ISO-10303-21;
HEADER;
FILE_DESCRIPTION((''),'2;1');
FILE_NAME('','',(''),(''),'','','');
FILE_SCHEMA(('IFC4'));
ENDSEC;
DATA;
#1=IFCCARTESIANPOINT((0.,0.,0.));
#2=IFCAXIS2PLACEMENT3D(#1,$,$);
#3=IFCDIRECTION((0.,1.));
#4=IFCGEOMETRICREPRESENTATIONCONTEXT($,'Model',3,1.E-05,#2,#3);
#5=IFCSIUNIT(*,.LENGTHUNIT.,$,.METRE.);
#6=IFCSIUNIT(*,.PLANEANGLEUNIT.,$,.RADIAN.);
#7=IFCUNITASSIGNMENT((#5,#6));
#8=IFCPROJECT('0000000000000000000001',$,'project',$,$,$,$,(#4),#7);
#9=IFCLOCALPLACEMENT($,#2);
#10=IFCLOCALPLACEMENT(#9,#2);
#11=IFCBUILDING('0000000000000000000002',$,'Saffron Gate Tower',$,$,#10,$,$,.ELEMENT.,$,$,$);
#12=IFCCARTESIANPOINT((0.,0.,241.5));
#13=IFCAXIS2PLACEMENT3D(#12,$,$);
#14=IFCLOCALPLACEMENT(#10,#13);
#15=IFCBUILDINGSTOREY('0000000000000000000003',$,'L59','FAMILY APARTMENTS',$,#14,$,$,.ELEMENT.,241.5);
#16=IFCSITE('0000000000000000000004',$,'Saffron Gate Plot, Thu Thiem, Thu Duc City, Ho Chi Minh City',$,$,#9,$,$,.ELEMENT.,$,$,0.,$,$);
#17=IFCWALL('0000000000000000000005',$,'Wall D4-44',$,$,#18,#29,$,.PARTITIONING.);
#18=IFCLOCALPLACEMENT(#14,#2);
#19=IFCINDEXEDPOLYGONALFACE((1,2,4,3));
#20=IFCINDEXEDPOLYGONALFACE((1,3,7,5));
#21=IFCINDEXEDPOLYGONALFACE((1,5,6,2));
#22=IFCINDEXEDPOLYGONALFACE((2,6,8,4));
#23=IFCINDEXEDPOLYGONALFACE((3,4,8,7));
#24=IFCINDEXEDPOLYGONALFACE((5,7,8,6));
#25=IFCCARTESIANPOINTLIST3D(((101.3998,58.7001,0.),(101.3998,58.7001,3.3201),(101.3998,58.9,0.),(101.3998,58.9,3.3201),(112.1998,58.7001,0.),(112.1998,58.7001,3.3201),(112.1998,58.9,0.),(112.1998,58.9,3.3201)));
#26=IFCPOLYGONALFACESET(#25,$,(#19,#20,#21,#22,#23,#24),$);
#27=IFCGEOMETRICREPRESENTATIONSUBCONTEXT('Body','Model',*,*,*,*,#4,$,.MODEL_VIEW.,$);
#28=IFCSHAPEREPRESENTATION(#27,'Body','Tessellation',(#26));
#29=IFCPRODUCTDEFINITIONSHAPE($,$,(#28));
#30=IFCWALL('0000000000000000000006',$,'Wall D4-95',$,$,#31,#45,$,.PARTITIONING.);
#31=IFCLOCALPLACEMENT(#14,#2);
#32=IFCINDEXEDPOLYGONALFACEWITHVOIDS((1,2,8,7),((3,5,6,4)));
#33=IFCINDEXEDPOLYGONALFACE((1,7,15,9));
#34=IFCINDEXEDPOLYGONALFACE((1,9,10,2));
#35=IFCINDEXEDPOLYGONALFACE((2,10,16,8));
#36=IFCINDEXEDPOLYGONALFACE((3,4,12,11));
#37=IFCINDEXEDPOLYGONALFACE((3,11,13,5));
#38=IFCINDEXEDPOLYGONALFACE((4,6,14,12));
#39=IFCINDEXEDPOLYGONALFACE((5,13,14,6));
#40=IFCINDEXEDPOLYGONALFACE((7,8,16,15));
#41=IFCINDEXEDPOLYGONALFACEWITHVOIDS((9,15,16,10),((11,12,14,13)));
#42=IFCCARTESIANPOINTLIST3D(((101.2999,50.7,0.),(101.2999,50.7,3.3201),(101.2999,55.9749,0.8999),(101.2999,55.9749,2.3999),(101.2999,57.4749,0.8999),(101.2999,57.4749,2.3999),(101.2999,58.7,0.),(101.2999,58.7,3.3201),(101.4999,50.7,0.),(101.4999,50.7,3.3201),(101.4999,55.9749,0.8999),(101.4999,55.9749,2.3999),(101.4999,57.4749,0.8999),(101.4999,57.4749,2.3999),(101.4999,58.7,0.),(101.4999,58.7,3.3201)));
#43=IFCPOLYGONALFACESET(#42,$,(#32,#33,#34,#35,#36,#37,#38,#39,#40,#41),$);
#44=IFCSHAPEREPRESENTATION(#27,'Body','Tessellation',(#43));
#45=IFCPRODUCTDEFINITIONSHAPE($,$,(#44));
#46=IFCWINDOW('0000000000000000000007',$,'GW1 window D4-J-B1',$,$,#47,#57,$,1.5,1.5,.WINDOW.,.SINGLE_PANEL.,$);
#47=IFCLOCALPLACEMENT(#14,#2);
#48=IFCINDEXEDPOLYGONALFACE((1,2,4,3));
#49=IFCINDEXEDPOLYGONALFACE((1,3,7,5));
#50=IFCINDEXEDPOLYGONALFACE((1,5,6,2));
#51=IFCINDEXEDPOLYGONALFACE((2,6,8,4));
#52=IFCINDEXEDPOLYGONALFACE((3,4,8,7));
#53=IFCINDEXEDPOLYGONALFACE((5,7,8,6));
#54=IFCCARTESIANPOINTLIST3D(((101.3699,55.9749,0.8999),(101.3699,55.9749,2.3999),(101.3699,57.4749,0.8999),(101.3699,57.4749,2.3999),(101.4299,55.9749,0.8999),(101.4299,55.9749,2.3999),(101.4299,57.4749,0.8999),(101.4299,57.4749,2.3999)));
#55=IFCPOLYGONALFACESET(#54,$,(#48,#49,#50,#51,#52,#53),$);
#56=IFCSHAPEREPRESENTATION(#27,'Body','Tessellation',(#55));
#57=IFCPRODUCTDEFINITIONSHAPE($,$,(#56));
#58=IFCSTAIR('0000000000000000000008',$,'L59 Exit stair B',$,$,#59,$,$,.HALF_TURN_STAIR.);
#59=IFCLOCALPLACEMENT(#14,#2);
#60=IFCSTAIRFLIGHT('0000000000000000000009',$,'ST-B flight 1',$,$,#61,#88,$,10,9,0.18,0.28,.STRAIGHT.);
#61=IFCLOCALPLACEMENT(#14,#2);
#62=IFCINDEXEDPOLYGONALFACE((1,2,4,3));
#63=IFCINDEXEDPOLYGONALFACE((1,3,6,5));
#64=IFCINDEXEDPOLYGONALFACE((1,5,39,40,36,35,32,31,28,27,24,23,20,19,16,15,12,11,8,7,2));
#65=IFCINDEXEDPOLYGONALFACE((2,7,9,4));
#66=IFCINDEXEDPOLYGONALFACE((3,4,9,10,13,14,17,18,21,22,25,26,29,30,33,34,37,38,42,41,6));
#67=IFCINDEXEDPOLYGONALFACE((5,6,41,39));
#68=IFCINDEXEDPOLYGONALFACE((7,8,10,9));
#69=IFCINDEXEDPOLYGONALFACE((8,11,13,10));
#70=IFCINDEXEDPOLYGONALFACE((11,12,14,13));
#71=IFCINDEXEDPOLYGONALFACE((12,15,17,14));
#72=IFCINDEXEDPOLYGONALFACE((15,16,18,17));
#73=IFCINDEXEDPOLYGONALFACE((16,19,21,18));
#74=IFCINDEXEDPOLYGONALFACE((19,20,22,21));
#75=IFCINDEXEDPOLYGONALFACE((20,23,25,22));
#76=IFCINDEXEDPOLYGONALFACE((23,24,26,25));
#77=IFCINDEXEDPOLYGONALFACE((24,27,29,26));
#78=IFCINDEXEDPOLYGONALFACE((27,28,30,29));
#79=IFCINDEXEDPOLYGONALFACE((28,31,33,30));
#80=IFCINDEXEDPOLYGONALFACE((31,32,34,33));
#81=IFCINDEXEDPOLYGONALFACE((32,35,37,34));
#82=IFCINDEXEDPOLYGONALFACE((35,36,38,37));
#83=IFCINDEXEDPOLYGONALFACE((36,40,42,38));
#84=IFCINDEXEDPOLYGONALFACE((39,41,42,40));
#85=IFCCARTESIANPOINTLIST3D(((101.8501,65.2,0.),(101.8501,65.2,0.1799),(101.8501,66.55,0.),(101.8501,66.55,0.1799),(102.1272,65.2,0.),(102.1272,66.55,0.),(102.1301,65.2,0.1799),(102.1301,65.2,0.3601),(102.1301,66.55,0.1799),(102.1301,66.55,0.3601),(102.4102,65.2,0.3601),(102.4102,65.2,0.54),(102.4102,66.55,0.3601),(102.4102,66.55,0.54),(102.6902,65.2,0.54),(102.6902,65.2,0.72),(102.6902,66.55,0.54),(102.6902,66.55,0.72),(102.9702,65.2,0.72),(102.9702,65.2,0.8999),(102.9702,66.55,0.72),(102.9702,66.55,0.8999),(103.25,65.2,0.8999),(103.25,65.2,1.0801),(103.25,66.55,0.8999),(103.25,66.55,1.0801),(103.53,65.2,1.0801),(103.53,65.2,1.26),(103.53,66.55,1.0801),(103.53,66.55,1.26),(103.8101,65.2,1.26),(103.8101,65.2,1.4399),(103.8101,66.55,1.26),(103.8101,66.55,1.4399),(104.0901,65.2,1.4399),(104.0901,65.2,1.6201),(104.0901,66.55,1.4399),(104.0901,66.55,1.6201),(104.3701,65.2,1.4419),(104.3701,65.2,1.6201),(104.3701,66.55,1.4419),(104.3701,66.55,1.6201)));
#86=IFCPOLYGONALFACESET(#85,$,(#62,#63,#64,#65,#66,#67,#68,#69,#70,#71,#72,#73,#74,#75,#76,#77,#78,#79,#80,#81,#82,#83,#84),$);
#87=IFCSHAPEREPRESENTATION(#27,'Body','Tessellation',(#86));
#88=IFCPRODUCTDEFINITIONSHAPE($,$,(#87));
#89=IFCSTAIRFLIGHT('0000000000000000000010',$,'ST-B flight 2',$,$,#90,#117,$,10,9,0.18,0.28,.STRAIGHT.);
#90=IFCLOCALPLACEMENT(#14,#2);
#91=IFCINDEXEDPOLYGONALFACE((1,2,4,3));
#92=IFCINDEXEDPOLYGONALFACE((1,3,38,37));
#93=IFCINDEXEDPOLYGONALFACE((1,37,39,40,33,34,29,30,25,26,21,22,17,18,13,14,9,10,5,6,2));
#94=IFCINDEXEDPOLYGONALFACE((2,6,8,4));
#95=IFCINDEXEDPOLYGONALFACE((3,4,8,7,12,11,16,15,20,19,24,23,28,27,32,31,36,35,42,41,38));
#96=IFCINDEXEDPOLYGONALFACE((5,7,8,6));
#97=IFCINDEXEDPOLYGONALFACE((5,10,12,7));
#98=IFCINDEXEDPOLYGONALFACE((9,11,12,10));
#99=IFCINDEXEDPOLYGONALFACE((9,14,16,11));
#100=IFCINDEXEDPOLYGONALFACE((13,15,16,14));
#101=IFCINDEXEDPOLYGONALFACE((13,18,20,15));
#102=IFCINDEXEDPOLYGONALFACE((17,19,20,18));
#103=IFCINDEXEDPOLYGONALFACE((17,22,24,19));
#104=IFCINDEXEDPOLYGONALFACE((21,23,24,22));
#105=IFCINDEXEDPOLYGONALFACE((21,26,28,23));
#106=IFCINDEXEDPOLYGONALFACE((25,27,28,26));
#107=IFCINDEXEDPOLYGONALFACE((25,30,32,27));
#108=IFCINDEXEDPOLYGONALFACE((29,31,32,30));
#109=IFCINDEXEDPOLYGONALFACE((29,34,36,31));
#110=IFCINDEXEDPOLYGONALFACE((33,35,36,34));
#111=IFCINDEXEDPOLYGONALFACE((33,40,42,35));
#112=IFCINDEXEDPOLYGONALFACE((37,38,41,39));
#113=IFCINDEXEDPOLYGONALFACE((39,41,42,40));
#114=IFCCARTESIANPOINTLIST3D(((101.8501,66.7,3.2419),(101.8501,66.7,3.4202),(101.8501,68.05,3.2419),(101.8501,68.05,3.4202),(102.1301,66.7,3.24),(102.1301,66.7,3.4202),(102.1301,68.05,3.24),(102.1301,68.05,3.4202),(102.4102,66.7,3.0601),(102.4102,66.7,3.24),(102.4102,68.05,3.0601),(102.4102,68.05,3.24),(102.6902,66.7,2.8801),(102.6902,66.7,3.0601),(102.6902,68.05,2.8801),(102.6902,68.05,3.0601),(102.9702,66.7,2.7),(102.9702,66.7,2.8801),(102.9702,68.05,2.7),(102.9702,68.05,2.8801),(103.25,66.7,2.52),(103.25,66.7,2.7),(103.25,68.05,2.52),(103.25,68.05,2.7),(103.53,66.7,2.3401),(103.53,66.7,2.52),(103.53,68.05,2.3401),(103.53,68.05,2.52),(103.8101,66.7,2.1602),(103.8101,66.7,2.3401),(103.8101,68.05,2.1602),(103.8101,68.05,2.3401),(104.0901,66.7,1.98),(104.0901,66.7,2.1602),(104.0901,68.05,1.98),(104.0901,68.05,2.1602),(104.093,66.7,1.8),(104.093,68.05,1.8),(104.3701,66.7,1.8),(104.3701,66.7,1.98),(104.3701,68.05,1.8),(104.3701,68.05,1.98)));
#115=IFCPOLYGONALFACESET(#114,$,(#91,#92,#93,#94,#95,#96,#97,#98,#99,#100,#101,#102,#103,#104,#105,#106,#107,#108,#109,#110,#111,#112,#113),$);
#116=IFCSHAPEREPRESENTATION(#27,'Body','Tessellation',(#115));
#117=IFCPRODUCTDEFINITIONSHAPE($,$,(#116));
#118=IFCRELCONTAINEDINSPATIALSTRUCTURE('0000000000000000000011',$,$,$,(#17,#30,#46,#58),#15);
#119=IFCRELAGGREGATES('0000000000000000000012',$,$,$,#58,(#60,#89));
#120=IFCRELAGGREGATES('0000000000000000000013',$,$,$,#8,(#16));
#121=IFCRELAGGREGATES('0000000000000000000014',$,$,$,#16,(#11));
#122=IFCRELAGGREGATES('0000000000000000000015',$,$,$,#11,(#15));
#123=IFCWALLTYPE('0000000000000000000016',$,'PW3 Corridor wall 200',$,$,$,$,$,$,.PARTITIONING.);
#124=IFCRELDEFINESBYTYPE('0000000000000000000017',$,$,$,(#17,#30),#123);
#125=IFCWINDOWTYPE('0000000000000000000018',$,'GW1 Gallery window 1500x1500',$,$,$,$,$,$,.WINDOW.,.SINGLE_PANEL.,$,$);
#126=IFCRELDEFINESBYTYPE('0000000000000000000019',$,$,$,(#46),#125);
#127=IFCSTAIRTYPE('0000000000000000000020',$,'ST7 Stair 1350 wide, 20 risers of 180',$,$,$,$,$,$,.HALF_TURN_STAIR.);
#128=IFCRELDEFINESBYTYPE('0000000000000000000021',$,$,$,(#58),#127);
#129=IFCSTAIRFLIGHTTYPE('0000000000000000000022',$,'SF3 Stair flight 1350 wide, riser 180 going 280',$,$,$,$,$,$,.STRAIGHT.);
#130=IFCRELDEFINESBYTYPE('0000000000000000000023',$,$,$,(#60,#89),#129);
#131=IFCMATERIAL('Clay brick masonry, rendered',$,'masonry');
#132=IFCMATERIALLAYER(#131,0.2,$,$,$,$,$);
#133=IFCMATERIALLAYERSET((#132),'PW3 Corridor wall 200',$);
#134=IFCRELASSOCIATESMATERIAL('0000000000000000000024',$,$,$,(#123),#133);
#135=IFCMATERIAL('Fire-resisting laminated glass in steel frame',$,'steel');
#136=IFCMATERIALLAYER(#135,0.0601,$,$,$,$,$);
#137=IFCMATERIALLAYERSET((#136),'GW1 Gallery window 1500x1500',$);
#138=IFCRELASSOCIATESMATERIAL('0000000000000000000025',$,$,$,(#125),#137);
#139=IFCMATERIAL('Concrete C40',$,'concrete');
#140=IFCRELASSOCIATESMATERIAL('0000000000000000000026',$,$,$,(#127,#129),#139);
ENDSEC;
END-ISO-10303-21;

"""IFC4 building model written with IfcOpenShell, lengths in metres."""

from ifc_helpers import new_model, si_unit, direction, frame, frame_2d, origin, place, context, subcontext, project, spatial, polyline, rectangle, outline, extrude, material, layer, layer_set, type_object, element, fill, aggregate, save


model = new_model("IFC4")

# Units and contexts
model_context = context("Model", 3, precision=1e-05, world=origin(), true_north=direction((0.0, 1.0)))
body_context = subcontext(model_context, "Body", "Model", "MODEL_VIEW")
ifc_project = project(units=[si_unit("LENGTHUNIT", "METRE"), si_unit("PLANEANGLEUNIT", "RADIAN")], contexts=[model_context])

# Site, building, storey
site_placement = place(None, origin())
site = spatial("IfcSite", under=ifc_project, at=site_placement, Name="Saffron Gate Plot, Thu Thiem, Thu Duc City, Ho Chi Minh City", CompositionType="ELEMENT", RefElevation=0.0)
building_placement = place(site_placement, origin())
building = spatial("IfcBuilding", under=site, at=building_placement, Name="Saffron Gate Tower", CompositionType="ELEMENT")
storey_placement = place(building_placement, frame((0.0, 0.0, 241.5)))
storey = spatial("IfcBuildingStorey", under=building, at=storey_placement, Name="L59", Description="FAMILY APARTMENTS", CompositionType="ELEMENT", Elevation=241.5)

# Wall
ifc_material_1 = material(Name="Clay brick masonry, rendered", Category="masonry")
ifc_layer_1 = layer(ifc_material_1, 0.2)
ifc_layer_set_1 = layer_set([ifc_layer_1], Name="PW3 Corridor wall 200")
wall_type_1 = type_object("IfcWallType", Name="PW3 Corridor wall 200", PredefinedType="PARTITIONING", material=ifc_layer_set_1)
wall_1_placement = place(storey_placement, frame((101.3999, 58.8, 0.0), z_axis=(0.0, 0.0, 1.0), x_axis=(1.0, 0.0, 0.0)))
element("IfcWall", 1, at=wall_1_placement, inside=storey, type_object=wall_type_1, Name="Wall D4-44", PredefinedType="PARTITIONING", context=body_context, shape_type="SweptSolid", body=[
    extrude(rectangle(XDim=10.8, YDim=0.2, at=frame_2d((5.3999, 0.0))), origin(), (0.0, 0.0, 1.0), 3.3201),
])

# Wall, opening, window
wall_2_placement = place(storey_placement, frame((101.3999, 58.7, 0.0), z_axis=(0.0, 0.0, 1.0), x_axis=(0.0, -1.0, 0.0)))
wall_2 = element("IfcWall", 2, at=wall_2_placement, inside=storey, type_object=wall_type_1, Name="Wall D4-95", PredefinedType="PARTITIONING", context=body_context, shape_type="SweptSolid", body=[
    extrude(rectangle(XDim=8.0, YDim=0.2, at=frame_2d((4.0, 0.0))), origin(), (0.0, 0.0, 1.0), 3.3201),
])
opening_1_placement = place(wall_2_placement, frame((1.2251, 0.0, 0.8999)))
opening_1 = element("IfcOpeningElement", 3, at=opening_1_placement, cuts=wall_2, PredefinedType="OPENING", context=body_context, shape_type="SweptSolid", body=[
    extrude(rectangle(XDim=1.5, YDim=1.5, at=frame_2d((0.75, 0.75))), frame((0.0, 0.1099, 0.0), z_axis=(0.0, -1.0, 0.0), x_axis=(1.0, 0.0, 0.0)), (0.0, 0.0, 1.0), 0.22),
])
ifc_material_2 = material(Name="Fire-resisting laminated glass in steel frame", Category="steel")
ifc_layer_2 = layer(ifc_material_2, 0.0601)
ifc_layer_set_2 = layer_set([ifc_layer_2], Name="GW1 Gallery window 1500x1500")
window_type = type_object("IfcWindowType", Name="GW1 Gallery window 1500x1500", PartitioningType="SINGLE_PANEL", PredefinedType="WINDOW", material=ifc_layer_set_2)
window_placement = place(opening_1_placement, origin())
window = element("IfcWindow", 4, at=window_placement, inside=storey, type_object=window_type, Name="GW1 window D4-J-B1", OverallHeight=1.5, OverallWidth=1.5, PartitioningType="SINGLE_PANEL", PredefinedType="WINDOW", context=body_context, shape_type="SweptSolid", body=[
    extrude(rectangle(XDim=1.5, YDim=1.5, at=frame_2d((0.75, 0.75))), frame((0.0, 0.03, 0.0), z_axis=(0.0, -1.0, 0.0), x_axis=(1.0, 0.0, 0.0)), (0.0, 0.0, 1.0), 0.0601),
])
fill(opening_1, window)

# Stair, stair flights
ifc_material_3 = material(Name="Concrete C40", Category="concrete")
stair_type = type_object("IfcStairType", Name="ST7 Stair 1350 wide, 20 risers of 180", PredefinedType="HALF_TURN_STAIR", material=ifc_material_3)
stair_placement = place(storey_placement, origin())
stair = element("IfcStair", 5, at=stair_placement, inside=storey, type_object=stair_type, Name="L59 Exit stair B", PredefinedType="HALF_TURN_STAIR")
stair_flight_type = type_object("IfcStairFlightType", Name="SF3 Stair flight 1350 wide, riser 180 going 280", PredefinedType="STRAIGHT", material=ifc_material_3)
stair_flight_1_placement = place(storey_placement, frame((101.8501, 65.875, 0.0), z_axis=(0.0, 0.0, 1.0), x_axis=(1.0, 0.0, 0.0)))
stair_flight_1 = element("IfcStairFlight", 6, at=stair_flight_1_placement, type_object=stair_flight_type, Name="ST-B flight 1", NumberOfRisers=10, NumberOfTreads=9, PredefinedType="STRAIGHT", RiserHeight=0.18, TreadLength=0.28, context=body_context, shape_type="SweptSolid", body=[
    extrude(outline(polyline([(0.0, 0.0), (0.0, 0.1799), (0.28, 0.1799), (0.28, 0.3601), (0.5601, 0.3601), (0.5601, 0.54), (0.8401, 0.54), (0.8401, 0.72), (1.1201, 0.72), (1.1201, 0.8999), (1.3999, 0.8999), (1.3999, 1.0801), (1.6799, 1.0801), (1.6799, 1.26), (1.96, 1.26), (1.96, 1.4399), (2.24, 1.4399), (2.24, 1.6201), (2.52, 1.6201), (2.52, 1.8), (2.52, 1.4419), (0.2771, 0.0), (0.0, 0.0)])), frame((0.0, 0.675, 0.0), z_axis=(0.0, -1.0, 0.0), x_axis=(1.0, 0.0, 0.0)), (0.0, 0.0, 1.0), 1.3501),
])
stair_flight_2_placement = place(storey_placement, frame((104.3701, 67.375, 1.8), z_axis=(0.0, 0.0, 1.0), x_axis=(-1.0, 0.0, 0.0)))
stair_flight_2 = element("IfcStairFlight", 7, at=stair_flight_2_placement, type_object=stair_flight_type, Name="ST-B flight 2", NumberOfRisers=10, NumberOfTreads=9, PredefinedType="STRAIGHT", RiserHeight=0.18, TreadLength=0.28, context=body_context, shape_type="SweptSolid", body=[
    extrude(outline(polyline([(0.0, 0.0), (0.0, 0.1799), (0.28, 0.1799), (0.28, 0.3601), (0.5601, 0.3601), (0.5601, 0.54), (0.8401, 0.54), (0.8401, 0.72), (1.1201, 0.72), (1.1201, 0.8999), (1.3999, 0.8999), (1.3999, 1.0801), (1.6799, 1.0801), (1.6799, 1.26), (1.96, 1.26), (1.96, 1.4399), (2.24, 1.4399), (2.24, 1.6201), (2.52, 1.6201), (2.52, 1.8), (2.52, 1.4419), (0.2771, 0.0), (0.0, 0.0)])), frame((0.0, 0.675, 0.0), z_axis=(0.0, -1.0, 0.0), x_axis=(1.0, 0.0, 0.0)), (0.0, 0.0, 1.0), 1.3501),
])
aggregate(stair, [stair_flight_1, stair_flight_2])

save(model, "model.ifc")
